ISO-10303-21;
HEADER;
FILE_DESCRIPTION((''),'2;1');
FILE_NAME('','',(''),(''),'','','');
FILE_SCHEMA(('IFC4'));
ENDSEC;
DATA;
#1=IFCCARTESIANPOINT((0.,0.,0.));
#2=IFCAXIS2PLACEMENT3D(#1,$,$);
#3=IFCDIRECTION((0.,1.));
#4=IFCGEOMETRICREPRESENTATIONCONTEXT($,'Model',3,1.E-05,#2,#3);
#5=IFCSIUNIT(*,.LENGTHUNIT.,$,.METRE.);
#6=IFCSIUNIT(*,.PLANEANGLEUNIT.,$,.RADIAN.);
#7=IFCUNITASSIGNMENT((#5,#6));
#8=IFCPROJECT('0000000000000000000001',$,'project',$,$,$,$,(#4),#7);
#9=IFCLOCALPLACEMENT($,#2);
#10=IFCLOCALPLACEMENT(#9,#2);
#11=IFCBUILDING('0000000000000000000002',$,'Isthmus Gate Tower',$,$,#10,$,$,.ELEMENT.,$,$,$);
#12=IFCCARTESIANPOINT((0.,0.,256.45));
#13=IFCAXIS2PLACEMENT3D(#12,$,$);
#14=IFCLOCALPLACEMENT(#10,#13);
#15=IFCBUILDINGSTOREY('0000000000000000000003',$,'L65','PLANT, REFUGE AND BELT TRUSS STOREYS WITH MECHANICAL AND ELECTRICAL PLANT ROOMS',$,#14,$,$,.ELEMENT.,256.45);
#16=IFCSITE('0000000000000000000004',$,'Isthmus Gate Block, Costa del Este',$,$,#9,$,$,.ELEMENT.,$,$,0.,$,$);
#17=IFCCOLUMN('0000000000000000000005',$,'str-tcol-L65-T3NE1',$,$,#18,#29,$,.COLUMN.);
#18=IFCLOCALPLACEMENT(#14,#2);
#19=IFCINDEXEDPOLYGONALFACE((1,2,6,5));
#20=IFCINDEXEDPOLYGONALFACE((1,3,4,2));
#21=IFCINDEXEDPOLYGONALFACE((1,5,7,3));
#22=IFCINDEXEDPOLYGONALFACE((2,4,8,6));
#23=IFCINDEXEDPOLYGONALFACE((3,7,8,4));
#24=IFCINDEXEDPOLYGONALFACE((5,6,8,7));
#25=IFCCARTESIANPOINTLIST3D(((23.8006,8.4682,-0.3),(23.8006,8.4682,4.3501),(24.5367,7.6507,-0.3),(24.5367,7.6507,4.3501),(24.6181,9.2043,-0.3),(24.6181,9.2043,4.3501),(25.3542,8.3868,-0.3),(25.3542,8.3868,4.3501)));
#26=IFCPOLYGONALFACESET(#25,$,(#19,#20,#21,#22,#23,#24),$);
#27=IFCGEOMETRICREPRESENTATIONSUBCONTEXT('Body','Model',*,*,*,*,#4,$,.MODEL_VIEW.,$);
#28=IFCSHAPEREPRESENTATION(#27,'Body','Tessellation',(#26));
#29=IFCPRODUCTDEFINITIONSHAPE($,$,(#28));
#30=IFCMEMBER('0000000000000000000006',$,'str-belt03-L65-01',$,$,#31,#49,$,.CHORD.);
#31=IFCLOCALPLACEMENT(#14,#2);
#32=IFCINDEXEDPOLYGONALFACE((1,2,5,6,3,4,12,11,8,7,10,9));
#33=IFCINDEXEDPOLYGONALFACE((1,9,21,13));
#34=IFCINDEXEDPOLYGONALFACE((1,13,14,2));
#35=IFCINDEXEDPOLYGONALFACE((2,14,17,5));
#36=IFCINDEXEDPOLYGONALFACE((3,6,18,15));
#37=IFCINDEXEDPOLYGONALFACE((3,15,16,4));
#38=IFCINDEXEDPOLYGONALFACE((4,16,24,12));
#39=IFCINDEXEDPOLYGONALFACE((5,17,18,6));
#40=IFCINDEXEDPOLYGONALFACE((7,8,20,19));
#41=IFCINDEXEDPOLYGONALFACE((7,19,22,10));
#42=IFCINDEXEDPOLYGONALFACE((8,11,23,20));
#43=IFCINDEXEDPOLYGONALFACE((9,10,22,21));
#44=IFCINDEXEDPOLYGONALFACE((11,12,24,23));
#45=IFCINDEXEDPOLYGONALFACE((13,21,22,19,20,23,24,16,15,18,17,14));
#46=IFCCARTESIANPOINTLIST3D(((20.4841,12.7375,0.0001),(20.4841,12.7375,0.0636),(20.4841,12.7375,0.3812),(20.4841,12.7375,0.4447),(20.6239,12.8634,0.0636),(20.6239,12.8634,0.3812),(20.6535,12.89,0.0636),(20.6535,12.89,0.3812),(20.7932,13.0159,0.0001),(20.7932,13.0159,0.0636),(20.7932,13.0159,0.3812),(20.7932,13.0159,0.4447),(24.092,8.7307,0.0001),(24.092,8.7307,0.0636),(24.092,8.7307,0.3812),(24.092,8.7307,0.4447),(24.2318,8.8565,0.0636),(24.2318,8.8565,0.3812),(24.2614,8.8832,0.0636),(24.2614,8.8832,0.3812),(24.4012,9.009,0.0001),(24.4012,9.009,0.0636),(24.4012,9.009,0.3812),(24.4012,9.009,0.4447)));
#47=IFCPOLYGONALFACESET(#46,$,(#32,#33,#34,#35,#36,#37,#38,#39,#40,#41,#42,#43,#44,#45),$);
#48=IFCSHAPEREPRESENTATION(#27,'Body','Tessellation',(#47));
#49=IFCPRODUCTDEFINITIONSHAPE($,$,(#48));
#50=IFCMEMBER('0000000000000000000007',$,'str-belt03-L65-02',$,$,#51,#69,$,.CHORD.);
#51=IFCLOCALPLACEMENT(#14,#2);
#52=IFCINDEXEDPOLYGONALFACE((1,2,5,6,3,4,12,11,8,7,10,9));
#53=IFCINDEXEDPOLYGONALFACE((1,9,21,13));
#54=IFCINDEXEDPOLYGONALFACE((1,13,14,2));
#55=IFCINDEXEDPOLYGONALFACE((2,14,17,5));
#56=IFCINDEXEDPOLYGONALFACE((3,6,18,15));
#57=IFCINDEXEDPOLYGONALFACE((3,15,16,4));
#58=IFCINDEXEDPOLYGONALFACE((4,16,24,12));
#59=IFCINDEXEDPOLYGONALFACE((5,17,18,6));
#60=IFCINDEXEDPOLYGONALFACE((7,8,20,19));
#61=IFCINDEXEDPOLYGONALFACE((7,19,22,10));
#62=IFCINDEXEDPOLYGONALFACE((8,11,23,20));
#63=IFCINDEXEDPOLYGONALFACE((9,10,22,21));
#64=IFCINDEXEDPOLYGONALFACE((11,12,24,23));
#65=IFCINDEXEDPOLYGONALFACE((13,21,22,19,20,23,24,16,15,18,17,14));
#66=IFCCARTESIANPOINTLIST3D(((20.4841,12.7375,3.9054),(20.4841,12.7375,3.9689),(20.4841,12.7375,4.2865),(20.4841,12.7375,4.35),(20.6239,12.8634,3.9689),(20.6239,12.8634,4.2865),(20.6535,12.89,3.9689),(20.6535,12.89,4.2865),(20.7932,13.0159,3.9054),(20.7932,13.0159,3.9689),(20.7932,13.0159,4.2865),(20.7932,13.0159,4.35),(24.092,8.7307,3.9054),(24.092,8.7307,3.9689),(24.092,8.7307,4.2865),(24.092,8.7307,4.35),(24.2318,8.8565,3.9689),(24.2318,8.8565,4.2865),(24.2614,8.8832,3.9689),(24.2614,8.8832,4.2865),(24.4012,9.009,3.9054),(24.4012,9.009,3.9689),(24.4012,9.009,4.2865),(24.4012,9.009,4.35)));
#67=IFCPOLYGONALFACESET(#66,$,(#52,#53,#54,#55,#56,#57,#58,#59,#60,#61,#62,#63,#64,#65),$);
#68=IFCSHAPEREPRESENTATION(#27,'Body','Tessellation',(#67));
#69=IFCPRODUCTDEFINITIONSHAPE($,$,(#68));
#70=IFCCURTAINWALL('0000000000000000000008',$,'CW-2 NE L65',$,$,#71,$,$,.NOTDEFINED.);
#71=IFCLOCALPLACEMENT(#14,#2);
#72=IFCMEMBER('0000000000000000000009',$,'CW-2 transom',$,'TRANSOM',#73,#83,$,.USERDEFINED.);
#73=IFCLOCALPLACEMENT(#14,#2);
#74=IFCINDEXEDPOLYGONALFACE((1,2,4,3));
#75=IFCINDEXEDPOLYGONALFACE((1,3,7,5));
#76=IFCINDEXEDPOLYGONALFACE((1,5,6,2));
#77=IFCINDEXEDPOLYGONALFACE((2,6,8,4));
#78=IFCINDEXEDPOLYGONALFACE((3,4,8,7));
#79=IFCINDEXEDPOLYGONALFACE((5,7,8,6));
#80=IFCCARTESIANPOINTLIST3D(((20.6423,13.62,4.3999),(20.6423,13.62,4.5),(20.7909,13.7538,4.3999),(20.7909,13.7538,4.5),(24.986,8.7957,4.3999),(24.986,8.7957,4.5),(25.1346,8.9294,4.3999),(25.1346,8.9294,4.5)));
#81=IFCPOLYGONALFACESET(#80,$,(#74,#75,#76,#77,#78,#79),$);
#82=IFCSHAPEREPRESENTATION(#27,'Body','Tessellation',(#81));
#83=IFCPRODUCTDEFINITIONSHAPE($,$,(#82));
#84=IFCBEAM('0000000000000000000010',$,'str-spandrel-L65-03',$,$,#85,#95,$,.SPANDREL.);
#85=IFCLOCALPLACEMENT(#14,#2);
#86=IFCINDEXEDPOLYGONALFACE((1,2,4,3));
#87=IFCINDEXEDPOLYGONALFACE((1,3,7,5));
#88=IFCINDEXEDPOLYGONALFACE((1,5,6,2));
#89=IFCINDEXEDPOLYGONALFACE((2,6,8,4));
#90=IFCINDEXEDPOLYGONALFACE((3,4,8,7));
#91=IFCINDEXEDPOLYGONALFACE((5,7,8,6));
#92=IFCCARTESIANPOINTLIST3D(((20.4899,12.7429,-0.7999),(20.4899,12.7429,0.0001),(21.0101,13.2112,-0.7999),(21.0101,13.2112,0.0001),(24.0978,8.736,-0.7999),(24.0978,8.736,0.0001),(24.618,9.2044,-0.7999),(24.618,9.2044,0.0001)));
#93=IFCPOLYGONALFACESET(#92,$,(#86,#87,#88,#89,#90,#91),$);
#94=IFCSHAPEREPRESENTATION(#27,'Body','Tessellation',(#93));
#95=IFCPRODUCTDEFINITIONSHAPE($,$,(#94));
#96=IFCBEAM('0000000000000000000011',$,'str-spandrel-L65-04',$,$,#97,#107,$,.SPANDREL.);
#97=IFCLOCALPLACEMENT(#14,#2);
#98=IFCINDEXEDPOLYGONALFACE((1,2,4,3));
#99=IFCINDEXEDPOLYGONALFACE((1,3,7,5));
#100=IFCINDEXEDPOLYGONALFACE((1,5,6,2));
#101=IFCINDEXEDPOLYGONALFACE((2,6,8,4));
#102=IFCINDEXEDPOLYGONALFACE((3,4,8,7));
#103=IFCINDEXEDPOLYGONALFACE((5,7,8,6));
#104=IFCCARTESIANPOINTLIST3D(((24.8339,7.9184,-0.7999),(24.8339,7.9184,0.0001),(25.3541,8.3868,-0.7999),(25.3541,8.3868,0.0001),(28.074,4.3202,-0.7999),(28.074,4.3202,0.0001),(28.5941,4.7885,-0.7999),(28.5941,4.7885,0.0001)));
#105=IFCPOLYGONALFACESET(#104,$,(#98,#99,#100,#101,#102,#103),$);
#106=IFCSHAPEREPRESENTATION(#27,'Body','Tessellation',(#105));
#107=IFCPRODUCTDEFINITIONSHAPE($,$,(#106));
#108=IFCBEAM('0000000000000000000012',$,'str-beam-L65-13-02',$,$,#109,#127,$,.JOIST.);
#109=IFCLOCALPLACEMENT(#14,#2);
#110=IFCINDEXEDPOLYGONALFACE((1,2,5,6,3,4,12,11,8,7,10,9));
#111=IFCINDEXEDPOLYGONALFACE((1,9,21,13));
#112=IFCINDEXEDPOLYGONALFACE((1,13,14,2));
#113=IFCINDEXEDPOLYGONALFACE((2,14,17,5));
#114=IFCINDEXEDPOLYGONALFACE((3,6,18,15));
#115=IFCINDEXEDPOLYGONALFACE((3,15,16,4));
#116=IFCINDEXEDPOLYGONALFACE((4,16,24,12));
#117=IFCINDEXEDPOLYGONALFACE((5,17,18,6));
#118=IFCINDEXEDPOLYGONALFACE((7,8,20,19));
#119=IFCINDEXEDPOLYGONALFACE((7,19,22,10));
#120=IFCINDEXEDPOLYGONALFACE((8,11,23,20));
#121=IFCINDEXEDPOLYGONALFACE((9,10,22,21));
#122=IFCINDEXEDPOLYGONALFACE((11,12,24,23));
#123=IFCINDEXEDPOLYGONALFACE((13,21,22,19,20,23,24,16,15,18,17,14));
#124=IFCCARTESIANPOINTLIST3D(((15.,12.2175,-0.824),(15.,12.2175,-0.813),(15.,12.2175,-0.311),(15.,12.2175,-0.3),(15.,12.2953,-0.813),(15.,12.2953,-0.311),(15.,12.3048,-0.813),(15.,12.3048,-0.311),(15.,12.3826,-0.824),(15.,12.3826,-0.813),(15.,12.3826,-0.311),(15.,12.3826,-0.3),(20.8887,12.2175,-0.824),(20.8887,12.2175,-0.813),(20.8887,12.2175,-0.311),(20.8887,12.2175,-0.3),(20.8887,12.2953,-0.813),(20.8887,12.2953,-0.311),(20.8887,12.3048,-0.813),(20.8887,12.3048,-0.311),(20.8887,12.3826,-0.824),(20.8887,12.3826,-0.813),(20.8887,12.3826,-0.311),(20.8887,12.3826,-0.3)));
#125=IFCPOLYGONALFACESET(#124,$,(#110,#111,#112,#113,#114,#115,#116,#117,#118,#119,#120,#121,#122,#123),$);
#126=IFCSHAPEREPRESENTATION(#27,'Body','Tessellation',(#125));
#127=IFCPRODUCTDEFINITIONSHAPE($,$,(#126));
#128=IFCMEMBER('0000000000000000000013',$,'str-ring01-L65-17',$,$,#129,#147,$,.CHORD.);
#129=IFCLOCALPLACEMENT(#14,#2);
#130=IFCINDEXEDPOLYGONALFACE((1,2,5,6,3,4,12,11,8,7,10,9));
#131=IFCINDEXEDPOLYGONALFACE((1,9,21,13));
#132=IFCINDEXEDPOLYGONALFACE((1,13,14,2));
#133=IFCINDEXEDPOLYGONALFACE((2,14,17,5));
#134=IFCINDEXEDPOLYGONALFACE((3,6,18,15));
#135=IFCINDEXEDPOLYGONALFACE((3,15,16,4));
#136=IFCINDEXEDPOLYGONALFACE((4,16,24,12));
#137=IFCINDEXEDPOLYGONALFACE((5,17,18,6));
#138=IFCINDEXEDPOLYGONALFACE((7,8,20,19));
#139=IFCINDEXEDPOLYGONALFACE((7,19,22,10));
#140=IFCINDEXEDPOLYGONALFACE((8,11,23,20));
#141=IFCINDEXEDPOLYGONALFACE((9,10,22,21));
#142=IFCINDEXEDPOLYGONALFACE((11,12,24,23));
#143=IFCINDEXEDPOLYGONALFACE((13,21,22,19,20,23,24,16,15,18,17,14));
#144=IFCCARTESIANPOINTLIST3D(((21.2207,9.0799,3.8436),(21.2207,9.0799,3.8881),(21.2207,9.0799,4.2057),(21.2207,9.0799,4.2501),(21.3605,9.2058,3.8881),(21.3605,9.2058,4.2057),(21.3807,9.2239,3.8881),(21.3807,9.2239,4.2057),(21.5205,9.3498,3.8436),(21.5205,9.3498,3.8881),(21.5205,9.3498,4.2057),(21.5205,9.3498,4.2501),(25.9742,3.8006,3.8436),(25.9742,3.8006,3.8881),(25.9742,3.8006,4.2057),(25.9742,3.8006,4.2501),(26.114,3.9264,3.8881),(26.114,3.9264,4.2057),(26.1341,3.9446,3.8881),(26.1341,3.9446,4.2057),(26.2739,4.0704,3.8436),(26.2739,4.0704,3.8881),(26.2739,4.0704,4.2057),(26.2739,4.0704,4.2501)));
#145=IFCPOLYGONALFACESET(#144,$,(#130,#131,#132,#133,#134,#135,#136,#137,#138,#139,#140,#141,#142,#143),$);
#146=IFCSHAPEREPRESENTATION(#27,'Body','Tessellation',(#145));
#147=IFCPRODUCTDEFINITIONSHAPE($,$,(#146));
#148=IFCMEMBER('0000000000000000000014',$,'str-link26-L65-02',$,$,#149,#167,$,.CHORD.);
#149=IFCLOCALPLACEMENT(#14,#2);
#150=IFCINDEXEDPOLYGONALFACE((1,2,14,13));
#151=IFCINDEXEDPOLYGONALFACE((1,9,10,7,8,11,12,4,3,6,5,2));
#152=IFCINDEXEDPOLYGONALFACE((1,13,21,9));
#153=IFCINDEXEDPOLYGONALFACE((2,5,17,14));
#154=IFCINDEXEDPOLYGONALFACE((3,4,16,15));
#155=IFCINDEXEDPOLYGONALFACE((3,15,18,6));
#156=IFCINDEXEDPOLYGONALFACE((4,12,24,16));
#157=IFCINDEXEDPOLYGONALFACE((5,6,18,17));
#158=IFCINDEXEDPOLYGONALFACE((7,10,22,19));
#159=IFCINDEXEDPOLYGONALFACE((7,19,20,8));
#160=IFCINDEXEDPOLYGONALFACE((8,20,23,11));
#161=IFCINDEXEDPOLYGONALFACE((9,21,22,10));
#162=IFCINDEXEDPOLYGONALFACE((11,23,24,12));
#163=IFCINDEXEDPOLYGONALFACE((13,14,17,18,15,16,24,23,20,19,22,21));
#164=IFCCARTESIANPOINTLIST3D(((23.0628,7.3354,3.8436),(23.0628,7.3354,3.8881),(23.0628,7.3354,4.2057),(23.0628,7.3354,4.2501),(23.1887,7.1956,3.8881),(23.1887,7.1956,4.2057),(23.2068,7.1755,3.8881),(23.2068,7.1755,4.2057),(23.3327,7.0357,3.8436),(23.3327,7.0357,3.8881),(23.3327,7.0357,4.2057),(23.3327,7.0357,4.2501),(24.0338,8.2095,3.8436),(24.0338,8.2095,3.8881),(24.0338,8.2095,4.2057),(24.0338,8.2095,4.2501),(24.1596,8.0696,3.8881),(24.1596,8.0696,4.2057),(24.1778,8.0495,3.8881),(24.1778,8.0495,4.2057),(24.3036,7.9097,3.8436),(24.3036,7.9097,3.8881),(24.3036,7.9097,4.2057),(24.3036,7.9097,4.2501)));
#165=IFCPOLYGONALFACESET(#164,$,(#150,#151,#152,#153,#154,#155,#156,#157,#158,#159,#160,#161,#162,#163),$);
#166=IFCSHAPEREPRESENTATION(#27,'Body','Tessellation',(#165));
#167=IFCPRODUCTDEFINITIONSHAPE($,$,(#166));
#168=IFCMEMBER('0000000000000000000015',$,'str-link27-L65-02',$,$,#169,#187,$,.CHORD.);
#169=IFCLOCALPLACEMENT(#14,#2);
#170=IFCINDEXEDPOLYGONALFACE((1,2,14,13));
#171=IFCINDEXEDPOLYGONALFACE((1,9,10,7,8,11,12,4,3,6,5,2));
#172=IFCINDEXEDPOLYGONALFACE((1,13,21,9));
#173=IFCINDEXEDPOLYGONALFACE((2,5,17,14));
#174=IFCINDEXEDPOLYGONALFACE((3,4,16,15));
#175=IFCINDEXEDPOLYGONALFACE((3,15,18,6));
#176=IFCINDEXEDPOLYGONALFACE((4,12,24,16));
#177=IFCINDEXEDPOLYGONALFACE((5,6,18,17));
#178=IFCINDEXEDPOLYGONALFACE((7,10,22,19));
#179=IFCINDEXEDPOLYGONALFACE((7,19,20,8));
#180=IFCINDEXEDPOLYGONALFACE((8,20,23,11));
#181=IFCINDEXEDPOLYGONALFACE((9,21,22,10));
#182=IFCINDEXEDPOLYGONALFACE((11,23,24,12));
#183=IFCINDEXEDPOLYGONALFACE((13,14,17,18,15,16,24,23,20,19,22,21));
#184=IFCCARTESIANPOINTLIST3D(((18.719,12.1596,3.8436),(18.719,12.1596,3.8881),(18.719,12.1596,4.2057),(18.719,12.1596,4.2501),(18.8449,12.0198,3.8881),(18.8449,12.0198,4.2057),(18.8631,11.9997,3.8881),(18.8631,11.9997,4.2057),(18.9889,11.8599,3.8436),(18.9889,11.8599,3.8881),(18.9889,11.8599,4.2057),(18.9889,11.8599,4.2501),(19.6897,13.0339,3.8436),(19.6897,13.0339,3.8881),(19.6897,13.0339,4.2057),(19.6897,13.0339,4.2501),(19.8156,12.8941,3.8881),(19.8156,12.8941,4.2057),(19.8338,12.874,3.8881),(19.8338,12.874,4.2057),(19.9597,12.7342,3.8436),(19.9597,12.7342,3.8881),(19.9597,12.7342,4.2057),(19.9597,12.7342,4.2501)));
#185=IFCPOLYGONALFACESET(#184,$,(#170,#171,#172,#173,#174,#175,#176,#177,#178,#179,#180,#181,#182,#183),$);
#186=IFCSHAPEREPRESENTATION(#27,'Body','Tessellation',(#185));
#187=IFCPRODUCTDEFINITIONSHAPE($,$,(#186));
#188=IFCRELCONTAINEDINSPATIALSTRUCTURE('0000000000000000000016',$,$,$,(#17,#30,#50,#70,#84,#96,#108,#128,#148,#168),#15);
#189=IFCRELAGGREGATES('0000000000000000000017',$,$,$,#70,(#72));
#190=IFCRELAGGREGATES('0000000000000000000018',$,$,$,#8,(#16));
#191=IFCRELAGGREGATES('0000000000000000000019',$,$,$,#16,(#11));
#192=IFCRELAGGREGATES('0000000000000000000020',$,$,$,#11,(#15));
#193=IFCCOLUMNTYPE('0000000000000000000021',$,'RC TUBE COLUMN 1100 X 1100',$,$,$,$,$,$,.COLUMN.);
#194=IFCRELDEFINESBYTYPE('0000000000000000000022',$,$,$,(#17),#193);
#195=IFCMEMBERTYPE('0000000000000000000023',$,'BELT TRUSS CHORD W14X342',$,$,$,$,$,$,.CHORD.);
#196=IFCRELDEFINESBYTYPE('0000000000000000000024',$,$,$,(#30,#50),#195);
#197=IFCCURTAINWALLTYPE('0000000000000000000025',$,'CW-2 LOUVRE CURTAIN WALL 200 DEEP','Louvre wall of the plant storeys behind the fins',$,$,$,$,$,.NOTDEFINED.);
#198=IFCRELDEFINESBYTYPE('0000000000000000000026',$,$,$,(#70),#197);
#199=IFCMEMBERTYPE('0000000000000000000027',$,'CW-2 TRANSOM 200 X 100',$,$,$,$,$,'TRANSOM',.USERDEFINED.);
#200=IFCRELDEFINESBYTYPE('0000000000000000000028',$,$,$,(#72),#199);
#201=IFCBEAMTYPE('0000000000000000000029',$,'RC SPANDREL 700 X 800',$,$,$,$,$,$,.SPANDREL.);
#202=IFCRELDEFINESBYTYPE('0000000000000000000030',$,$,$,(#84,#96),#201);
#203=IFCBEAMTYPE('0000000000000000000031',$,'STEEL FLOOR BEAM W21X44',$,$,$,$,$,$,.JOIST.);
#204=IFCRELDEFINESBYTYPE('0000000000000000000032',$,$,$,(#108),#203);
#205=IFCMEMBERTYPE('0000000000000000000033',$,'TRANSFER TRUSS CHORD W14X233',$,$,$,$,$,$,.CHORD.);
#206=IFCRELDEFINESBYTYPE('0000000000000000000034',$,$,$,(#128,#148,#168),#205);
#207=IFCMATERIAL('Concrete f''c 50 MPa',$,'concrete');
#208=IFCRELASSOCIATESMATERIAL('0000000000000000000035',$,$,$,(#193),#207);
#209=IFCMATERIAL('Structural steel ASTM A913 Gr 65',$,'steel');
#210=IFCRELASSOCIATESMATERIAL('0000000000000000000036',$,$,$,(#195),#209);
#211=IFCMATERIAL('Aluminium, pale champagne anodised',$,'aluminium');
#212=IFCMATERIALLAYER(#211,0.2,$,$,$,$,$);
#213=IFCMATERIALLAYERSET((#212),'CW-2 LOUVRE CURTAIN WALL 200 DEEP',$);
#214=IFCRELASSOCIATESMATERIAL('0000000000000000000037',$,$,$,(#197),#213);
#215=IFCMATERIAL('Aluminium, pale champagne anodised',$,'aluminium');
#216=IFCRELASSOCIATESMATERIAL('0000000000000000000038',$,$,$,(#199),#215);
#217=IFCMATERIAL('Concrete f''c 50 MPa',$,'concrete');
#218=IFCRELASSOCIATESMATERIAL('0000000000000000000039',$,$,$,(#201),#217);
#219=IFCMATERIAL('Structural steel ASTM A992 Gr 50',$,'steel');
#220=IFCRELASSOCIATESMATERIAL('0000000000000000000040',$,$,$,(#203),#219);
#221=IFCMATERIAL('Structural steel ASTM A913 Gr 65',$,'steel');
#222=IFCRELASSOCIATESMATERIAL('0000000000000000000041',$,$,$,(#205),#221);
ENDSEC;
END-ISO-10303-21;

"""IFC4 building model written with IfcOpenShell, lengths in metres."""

from ifc_helpers import new_model, si_unit, direction, frame, origin, origin_2d, place, context, subcontext, project, spatial, rectangle, i_section, extrude, material, layer, layer_set, material_profile, profile_set, type_object, element, aggregate, save


model = new_model("IFC4")

# Units and contexts
model_context = context("Model", 3, precision=1e-05, world=origin(), true_north=direction((0.0, 1.0)))
body_context = subcontext(model_context, "Body", "Model", "MODEL_VIEW")
ifc_project = project(units=[si_unit("LENGTHUNIT", "METRE"), si_unit("PLANEANGLEUNIT", "RADIAN")], contexts=[model_context])

# Site, building, storey
site_placement = place(None, origin())
site = spatial("IfcSite", under=ifc_project, at=site_placement, Name="Isthmus Gate Block, Costa del Este", CompositionType="ELEMENT", RefElevation=0.0)
building_placement = place(site_placement, origin())
building = spatial("IfcBuilding", under=site, at=building_placement, Name="Isthmus Gate Tower", CompositionType="ELEMENT")
storey_placement = place(building_placement, frame((0.0, 0.0, 256.45)))
storey = spatial("IfcBuildingStorey", under=building, at=storey_placement, Name="L65", Description="PLANT, REFUGE AND BELT TRUSS STOREYS WITH MECHANICAL AND ELECTRICAL PLANT ROOMS", CompositionType="ELEMENT", Elevation=256.45)

# Column
ifc_material_1 = material(Name="Concrete f'c 50 MPa", Category="concrete")
ifc_material_profile_1 = material_profile(ifc_material_1, rectangle(XDim=1.1001, YDim=1.1001, at=origin_2d()), Name="RC 1100X1100")
ifc_profile_set_1 = profile_set([ifc_material_profile_1], Name="Concrete f'c 50 MPa")
column_type = type_object("IfcColumnType", Name="RC TUBE COLUMN 1100 X 1100", PredefinedType="COLUMN", material=ifc_profile_set_1)
column_placement = place(storey_placement, frame((24.5774, 8.4275, -0.3), z_axis=(0.0, 0.0, 1.0), x_axis=(-0.669131, 0.743145, 0.0)))
element("IfcColumn", 1, at=column_placement, inside=storey, type_object=column_type, Name="str-tcol-L65-T3NE1", PredefinedType="COLUMN", context=body_context, shape_type="SweptSolid", body=[
    extrude(rectangle(XDim=1.1001, YDim=1.1001, at=origin_2d()), origin(), (0.0, 0.0, 1.0), 4.6501),
])

# Members
ifc_material_2 = material(Name="Structural steel ASTM A913 Gr 65", Category="steel")
ifc_material_profile_2 = material_profile(ifc_material_2, i_section(OverallWidth=0.416, OverallDepth=0.4446, WebThickness=0.0398, FlangeThickness=0.0635, at=origin_2d()), Name="W14X342")
ifc_profile_set_2 = profile_set([ifc_material_profile_2], Name="Structural steel ASTM A913 Gr 65")
member_type_1 = type_object("IfcMemberType", Name="BELT TRUSS CHORD W14X342", PredefinedType="CHORD", material=ifc_profile_set_2)
for number, where, z_axis, x_axis, name in (
    (2, (20.6387, 12.8767, 0.2224), (0.669145, -0.743132, 0.0), (0.743132, 0.669145, 0.0), "str-belt03-L65-01"),
    (3, (20.6387, 12.8767, 4.1277), (0.669145, -0.743132, 0.0), (0.743132, 0.669145, 0.0), "str-belt03-L65-02"),
):
    element("IfcMember", number, at=place(storey_placement, frame(where, z_axis=z_axis, x_axis=x_axis)), inside=storey, type_object=member_type_1, Name=name, PredefinedType="CHORD", context=body_context, shape_type="SweptSolid", body=[
        extrude(i_section(OverallWidth=0.416, OverallDepth=0.4446, WebThickness=0.0398, FlangeThickness=0.0635, at=origin_2d()), origin(), (0.0, 0.0, 1.0), 5.3918),
    ])

# Curtain wall, member
ifc_material_3 = material(Name="Aluminium, pale champagne anodised", Category="aluminium")
ifc_layer_1 = layer(ifc_material_3, 0.2)
ifc_layer_set_1 = layer_set([ifc_layer_1], Name="CW-2 LOUVRE CURTAIN WALL 200 DEEP")
curtain_wall_type = type_object("IfcCurtainWallType", Name="CW-2 LOUVRE CURTAIN WALL 200 DEEP", Description="Louvre wall of the plant storeys behind the fins", PredefinedType="NOTDEFINED", material=ifc_layer_set_1)
curtain_wall_placement = place(storey_placement, origin())
curtain_wall = element("IfcCurtainWall", 4, at=curtain_wall_placement, inside=storey, type_object=curtain_wall_type, Name="CW-2 NE L65", PredefinedType="NOTDEFINED")
ifc_material_4 = material(Name="Aluminium, pale champagne anodised", Category="aluminium")
ifc_material_profile_3 = material_profile(ifc_material_4, rectangle(XDim=0.2, YDim=0.1001, at=origin_2d()), Name="200x100")
ifc_profile_set_3 = profile_set([ifc_material_profile_3], Name="Aluminium, pale champagne anodised")
member_type_2 = type_object("IfcMemberType", Name="CW-2 TRANSOM 200 X 100", ElementType="TRANSOM", PredefinedType="USERDEFINED", material=ifc_profile_set_3)
member_1_placement = place(storey_placement, frame((25.0603, 8.8625, 4.45), z_axis=(-0.669112, 0.743161, 0.0), x_axis=(-0.743161, -0.669112, 0.0)))
member_1 = element("IfcMember", 5, at=member_1_placement, type_object=member_type_2, Name="CW-2 transom", ObjectType="TRANSOM", PredefinedType="USERDEFINED", context=body_context, shape_type="SweptSolid", body=[
    extrude(rectangle(XDim=0.2, YDim=0.1001, at=origin_2d()), origin(), (0.0, 0.0, 1.0), 6.4917),
])

# Beams
ifc_material_5 = material(Name="Concrete f'c 50 MPa", Category="concrete")
ifc_material_profile_4 = material_profile(ifc_material_5, rectangle(XDim=0.7, YDim=0.8, at=origin_2d()), Name="RC 700X800")
ifc_profile_set_4 = profile_set([ifc_material_profile_4], Name="Concrete f'c 50 MPa")
beam_type_1 = type_object("IfcBeamType", Name="RC SPANDREL 700 X 800", PredefinedType="SPANDREL", material=ifc_profile_set_4)
beam_1_placement = place(storey_placement, frame((20.75, 12.9771, -0.3999), z_axis=(0.669145, -0.743132, 0.0), x_axis=(0.743132, 0.669145, 0.0)))
element("IfcBeam", 6, at=beam_1_placement, inside=storey, type_object=beam_type_1, Name="str-spandrel-L65-03", PredefinedType="SPANDREL", context=body_context, shape_type="SweptSolid", body=[
    extrude(rectangle(XDim=0.7, YDim=0.8, at=origin_2d()), origin(), (0.0, 0.0, 1.0), 5.3918),
])
beam_2_placement = place(storey_placement, frame((25.094, 8.1526, -0.3999), z_axis=(0.669154, -0.743124, 0.0), x_axis=(0.743124, 0.669154, 0.0)))
element("IfcBeam", 7, at=beam_2_placement, inside=storey, type_object=beam_type_1, Name="str-spandrel-L65-04", PredefinedType="SPANDREL", context=body_context, shape_type="SweptSolid", body=[
    extrude(rectangle(XDim=0.7, YDim=0.8, at=origin_2d()), origin(), (0.0, 0.0, 1.0), 4.842),
])
ifc_material_6 = material(Name="Structural steel ASTM A992 Gr 50", Category="steel")
ifc_material_profile_5 = material_profile(ifc_material_6, i_section(OverallWidth=0.165, OverallDepth=0.5239, WebThickness=0.0095, FlangeThickness=0.011, at=origin_2d()), Name="W21X44")
ifc_profile_set_5 = profile_set([ifc_material_profile_5], Name="Structural steel ASTM A992 Gr 50")
beam_type_2 = type_object("IfcBeamType", Name="STEEL FLOOR BEAM W21X44", PredefinedType="JOIST", material=ifc_profile_set_5)
beam_3_placement = place(storey_placement, frame((15.0, 12.3, -0.562), z_axis=(1.0, 0.0, 0.0), x_axis=(0.0, 1.0, 0.0)))
element("IfcBeam", 8, at=beam_3_placement, inside=storey, type_object=beam_type_2, Name="str-beam-L65-13-02", PredefinedType="JOIST", context=body_context, shape_type="SweptSolid", body=[
    extrude(i_section(OverallWidth=0.165, OverallDepth=0.5239, WebThickness=0.0095, FlangeThickness=0.011, at=origin_2d()), origin(), (0.0, 0.0, 1.0), 5.8887),
])

# Members
ifc_material_7 = material(Name="Structural steel ASTM A913 Gr 65", Category="steel")
ifc_material_profile_6 = material_profile(ifc_material_7, i_section(OverallWidth=0.4033, OverallDepth=0.4065, WebThickness=0.0271, FlangeThickness=0.0444, at=origin_2d()), Name="W14X233")
ifc_profile_set_6 = profile_set([ifc_material_profile_6], Name="Structural steel ASTM A913 Gr 65")
member_type_3 = type_object("IfcMemberType", Name="TRANSFER TRUSS CHORD W14X233", PredefinedType="CHORD", material=ifc_profile_set_6)
member_2_placement = place(storey_placement, frame((21.3706, 9.2148, 4.0469), z_axis=(0.669124, -0.743151, 0.0), x_axis=(0.743151, 0.669124, 0.0)))
element("IfcMember", 9, at=member_2_placement, inside=storey, type_object=member_type_3, Name="str-ring01-L65-17", PredefinedType="CHORD", context=body_context, shape_type="SweptSolid", body=[
    extrude(i_section(OverallWidth=0.4033, OverallDepth=0.4065, WebThickness=0.0271, FlangeThickness=0.0444, at=origin_2d()), origin(), (0.0, 0.0, 1.0), 7.104),
])
for number, where, z_axis, x_axis, name in (
    (10, (24.1687, 8.0596, 4.0469), (-0.743229, -0.669037, 0.0), (0.669037, -0.743229, 0.0), "str-link26-L65-02"),
    (11, (19.8247, 12.884, 4.0469), (-0.743052, -0.669233, 0.0), (0.669233, -0.743052, 0.0), "str-link27-L65-02"),
):
    element("IfcMember", number, at=place(storey_placement, frame(where, z_axis=z_axis, x_axis=x_axis)), inside=storey, type_object=member_type_3, Name=name, PredefinedType="CHORD", context=body_context, shape_type="SweptSolid", body=[
        extrude(i_section(OverallWidth=0.4033, OverallDepth=0.4065, WebThickness=0.0271, FlangeThickness=0.0444, at=origin_2d()), origin(), (0.0, 0.0, 1.0), 1.3064),
    ])

aggregate(curtain_wall, [member_1])

save(model, "model.ifc")
